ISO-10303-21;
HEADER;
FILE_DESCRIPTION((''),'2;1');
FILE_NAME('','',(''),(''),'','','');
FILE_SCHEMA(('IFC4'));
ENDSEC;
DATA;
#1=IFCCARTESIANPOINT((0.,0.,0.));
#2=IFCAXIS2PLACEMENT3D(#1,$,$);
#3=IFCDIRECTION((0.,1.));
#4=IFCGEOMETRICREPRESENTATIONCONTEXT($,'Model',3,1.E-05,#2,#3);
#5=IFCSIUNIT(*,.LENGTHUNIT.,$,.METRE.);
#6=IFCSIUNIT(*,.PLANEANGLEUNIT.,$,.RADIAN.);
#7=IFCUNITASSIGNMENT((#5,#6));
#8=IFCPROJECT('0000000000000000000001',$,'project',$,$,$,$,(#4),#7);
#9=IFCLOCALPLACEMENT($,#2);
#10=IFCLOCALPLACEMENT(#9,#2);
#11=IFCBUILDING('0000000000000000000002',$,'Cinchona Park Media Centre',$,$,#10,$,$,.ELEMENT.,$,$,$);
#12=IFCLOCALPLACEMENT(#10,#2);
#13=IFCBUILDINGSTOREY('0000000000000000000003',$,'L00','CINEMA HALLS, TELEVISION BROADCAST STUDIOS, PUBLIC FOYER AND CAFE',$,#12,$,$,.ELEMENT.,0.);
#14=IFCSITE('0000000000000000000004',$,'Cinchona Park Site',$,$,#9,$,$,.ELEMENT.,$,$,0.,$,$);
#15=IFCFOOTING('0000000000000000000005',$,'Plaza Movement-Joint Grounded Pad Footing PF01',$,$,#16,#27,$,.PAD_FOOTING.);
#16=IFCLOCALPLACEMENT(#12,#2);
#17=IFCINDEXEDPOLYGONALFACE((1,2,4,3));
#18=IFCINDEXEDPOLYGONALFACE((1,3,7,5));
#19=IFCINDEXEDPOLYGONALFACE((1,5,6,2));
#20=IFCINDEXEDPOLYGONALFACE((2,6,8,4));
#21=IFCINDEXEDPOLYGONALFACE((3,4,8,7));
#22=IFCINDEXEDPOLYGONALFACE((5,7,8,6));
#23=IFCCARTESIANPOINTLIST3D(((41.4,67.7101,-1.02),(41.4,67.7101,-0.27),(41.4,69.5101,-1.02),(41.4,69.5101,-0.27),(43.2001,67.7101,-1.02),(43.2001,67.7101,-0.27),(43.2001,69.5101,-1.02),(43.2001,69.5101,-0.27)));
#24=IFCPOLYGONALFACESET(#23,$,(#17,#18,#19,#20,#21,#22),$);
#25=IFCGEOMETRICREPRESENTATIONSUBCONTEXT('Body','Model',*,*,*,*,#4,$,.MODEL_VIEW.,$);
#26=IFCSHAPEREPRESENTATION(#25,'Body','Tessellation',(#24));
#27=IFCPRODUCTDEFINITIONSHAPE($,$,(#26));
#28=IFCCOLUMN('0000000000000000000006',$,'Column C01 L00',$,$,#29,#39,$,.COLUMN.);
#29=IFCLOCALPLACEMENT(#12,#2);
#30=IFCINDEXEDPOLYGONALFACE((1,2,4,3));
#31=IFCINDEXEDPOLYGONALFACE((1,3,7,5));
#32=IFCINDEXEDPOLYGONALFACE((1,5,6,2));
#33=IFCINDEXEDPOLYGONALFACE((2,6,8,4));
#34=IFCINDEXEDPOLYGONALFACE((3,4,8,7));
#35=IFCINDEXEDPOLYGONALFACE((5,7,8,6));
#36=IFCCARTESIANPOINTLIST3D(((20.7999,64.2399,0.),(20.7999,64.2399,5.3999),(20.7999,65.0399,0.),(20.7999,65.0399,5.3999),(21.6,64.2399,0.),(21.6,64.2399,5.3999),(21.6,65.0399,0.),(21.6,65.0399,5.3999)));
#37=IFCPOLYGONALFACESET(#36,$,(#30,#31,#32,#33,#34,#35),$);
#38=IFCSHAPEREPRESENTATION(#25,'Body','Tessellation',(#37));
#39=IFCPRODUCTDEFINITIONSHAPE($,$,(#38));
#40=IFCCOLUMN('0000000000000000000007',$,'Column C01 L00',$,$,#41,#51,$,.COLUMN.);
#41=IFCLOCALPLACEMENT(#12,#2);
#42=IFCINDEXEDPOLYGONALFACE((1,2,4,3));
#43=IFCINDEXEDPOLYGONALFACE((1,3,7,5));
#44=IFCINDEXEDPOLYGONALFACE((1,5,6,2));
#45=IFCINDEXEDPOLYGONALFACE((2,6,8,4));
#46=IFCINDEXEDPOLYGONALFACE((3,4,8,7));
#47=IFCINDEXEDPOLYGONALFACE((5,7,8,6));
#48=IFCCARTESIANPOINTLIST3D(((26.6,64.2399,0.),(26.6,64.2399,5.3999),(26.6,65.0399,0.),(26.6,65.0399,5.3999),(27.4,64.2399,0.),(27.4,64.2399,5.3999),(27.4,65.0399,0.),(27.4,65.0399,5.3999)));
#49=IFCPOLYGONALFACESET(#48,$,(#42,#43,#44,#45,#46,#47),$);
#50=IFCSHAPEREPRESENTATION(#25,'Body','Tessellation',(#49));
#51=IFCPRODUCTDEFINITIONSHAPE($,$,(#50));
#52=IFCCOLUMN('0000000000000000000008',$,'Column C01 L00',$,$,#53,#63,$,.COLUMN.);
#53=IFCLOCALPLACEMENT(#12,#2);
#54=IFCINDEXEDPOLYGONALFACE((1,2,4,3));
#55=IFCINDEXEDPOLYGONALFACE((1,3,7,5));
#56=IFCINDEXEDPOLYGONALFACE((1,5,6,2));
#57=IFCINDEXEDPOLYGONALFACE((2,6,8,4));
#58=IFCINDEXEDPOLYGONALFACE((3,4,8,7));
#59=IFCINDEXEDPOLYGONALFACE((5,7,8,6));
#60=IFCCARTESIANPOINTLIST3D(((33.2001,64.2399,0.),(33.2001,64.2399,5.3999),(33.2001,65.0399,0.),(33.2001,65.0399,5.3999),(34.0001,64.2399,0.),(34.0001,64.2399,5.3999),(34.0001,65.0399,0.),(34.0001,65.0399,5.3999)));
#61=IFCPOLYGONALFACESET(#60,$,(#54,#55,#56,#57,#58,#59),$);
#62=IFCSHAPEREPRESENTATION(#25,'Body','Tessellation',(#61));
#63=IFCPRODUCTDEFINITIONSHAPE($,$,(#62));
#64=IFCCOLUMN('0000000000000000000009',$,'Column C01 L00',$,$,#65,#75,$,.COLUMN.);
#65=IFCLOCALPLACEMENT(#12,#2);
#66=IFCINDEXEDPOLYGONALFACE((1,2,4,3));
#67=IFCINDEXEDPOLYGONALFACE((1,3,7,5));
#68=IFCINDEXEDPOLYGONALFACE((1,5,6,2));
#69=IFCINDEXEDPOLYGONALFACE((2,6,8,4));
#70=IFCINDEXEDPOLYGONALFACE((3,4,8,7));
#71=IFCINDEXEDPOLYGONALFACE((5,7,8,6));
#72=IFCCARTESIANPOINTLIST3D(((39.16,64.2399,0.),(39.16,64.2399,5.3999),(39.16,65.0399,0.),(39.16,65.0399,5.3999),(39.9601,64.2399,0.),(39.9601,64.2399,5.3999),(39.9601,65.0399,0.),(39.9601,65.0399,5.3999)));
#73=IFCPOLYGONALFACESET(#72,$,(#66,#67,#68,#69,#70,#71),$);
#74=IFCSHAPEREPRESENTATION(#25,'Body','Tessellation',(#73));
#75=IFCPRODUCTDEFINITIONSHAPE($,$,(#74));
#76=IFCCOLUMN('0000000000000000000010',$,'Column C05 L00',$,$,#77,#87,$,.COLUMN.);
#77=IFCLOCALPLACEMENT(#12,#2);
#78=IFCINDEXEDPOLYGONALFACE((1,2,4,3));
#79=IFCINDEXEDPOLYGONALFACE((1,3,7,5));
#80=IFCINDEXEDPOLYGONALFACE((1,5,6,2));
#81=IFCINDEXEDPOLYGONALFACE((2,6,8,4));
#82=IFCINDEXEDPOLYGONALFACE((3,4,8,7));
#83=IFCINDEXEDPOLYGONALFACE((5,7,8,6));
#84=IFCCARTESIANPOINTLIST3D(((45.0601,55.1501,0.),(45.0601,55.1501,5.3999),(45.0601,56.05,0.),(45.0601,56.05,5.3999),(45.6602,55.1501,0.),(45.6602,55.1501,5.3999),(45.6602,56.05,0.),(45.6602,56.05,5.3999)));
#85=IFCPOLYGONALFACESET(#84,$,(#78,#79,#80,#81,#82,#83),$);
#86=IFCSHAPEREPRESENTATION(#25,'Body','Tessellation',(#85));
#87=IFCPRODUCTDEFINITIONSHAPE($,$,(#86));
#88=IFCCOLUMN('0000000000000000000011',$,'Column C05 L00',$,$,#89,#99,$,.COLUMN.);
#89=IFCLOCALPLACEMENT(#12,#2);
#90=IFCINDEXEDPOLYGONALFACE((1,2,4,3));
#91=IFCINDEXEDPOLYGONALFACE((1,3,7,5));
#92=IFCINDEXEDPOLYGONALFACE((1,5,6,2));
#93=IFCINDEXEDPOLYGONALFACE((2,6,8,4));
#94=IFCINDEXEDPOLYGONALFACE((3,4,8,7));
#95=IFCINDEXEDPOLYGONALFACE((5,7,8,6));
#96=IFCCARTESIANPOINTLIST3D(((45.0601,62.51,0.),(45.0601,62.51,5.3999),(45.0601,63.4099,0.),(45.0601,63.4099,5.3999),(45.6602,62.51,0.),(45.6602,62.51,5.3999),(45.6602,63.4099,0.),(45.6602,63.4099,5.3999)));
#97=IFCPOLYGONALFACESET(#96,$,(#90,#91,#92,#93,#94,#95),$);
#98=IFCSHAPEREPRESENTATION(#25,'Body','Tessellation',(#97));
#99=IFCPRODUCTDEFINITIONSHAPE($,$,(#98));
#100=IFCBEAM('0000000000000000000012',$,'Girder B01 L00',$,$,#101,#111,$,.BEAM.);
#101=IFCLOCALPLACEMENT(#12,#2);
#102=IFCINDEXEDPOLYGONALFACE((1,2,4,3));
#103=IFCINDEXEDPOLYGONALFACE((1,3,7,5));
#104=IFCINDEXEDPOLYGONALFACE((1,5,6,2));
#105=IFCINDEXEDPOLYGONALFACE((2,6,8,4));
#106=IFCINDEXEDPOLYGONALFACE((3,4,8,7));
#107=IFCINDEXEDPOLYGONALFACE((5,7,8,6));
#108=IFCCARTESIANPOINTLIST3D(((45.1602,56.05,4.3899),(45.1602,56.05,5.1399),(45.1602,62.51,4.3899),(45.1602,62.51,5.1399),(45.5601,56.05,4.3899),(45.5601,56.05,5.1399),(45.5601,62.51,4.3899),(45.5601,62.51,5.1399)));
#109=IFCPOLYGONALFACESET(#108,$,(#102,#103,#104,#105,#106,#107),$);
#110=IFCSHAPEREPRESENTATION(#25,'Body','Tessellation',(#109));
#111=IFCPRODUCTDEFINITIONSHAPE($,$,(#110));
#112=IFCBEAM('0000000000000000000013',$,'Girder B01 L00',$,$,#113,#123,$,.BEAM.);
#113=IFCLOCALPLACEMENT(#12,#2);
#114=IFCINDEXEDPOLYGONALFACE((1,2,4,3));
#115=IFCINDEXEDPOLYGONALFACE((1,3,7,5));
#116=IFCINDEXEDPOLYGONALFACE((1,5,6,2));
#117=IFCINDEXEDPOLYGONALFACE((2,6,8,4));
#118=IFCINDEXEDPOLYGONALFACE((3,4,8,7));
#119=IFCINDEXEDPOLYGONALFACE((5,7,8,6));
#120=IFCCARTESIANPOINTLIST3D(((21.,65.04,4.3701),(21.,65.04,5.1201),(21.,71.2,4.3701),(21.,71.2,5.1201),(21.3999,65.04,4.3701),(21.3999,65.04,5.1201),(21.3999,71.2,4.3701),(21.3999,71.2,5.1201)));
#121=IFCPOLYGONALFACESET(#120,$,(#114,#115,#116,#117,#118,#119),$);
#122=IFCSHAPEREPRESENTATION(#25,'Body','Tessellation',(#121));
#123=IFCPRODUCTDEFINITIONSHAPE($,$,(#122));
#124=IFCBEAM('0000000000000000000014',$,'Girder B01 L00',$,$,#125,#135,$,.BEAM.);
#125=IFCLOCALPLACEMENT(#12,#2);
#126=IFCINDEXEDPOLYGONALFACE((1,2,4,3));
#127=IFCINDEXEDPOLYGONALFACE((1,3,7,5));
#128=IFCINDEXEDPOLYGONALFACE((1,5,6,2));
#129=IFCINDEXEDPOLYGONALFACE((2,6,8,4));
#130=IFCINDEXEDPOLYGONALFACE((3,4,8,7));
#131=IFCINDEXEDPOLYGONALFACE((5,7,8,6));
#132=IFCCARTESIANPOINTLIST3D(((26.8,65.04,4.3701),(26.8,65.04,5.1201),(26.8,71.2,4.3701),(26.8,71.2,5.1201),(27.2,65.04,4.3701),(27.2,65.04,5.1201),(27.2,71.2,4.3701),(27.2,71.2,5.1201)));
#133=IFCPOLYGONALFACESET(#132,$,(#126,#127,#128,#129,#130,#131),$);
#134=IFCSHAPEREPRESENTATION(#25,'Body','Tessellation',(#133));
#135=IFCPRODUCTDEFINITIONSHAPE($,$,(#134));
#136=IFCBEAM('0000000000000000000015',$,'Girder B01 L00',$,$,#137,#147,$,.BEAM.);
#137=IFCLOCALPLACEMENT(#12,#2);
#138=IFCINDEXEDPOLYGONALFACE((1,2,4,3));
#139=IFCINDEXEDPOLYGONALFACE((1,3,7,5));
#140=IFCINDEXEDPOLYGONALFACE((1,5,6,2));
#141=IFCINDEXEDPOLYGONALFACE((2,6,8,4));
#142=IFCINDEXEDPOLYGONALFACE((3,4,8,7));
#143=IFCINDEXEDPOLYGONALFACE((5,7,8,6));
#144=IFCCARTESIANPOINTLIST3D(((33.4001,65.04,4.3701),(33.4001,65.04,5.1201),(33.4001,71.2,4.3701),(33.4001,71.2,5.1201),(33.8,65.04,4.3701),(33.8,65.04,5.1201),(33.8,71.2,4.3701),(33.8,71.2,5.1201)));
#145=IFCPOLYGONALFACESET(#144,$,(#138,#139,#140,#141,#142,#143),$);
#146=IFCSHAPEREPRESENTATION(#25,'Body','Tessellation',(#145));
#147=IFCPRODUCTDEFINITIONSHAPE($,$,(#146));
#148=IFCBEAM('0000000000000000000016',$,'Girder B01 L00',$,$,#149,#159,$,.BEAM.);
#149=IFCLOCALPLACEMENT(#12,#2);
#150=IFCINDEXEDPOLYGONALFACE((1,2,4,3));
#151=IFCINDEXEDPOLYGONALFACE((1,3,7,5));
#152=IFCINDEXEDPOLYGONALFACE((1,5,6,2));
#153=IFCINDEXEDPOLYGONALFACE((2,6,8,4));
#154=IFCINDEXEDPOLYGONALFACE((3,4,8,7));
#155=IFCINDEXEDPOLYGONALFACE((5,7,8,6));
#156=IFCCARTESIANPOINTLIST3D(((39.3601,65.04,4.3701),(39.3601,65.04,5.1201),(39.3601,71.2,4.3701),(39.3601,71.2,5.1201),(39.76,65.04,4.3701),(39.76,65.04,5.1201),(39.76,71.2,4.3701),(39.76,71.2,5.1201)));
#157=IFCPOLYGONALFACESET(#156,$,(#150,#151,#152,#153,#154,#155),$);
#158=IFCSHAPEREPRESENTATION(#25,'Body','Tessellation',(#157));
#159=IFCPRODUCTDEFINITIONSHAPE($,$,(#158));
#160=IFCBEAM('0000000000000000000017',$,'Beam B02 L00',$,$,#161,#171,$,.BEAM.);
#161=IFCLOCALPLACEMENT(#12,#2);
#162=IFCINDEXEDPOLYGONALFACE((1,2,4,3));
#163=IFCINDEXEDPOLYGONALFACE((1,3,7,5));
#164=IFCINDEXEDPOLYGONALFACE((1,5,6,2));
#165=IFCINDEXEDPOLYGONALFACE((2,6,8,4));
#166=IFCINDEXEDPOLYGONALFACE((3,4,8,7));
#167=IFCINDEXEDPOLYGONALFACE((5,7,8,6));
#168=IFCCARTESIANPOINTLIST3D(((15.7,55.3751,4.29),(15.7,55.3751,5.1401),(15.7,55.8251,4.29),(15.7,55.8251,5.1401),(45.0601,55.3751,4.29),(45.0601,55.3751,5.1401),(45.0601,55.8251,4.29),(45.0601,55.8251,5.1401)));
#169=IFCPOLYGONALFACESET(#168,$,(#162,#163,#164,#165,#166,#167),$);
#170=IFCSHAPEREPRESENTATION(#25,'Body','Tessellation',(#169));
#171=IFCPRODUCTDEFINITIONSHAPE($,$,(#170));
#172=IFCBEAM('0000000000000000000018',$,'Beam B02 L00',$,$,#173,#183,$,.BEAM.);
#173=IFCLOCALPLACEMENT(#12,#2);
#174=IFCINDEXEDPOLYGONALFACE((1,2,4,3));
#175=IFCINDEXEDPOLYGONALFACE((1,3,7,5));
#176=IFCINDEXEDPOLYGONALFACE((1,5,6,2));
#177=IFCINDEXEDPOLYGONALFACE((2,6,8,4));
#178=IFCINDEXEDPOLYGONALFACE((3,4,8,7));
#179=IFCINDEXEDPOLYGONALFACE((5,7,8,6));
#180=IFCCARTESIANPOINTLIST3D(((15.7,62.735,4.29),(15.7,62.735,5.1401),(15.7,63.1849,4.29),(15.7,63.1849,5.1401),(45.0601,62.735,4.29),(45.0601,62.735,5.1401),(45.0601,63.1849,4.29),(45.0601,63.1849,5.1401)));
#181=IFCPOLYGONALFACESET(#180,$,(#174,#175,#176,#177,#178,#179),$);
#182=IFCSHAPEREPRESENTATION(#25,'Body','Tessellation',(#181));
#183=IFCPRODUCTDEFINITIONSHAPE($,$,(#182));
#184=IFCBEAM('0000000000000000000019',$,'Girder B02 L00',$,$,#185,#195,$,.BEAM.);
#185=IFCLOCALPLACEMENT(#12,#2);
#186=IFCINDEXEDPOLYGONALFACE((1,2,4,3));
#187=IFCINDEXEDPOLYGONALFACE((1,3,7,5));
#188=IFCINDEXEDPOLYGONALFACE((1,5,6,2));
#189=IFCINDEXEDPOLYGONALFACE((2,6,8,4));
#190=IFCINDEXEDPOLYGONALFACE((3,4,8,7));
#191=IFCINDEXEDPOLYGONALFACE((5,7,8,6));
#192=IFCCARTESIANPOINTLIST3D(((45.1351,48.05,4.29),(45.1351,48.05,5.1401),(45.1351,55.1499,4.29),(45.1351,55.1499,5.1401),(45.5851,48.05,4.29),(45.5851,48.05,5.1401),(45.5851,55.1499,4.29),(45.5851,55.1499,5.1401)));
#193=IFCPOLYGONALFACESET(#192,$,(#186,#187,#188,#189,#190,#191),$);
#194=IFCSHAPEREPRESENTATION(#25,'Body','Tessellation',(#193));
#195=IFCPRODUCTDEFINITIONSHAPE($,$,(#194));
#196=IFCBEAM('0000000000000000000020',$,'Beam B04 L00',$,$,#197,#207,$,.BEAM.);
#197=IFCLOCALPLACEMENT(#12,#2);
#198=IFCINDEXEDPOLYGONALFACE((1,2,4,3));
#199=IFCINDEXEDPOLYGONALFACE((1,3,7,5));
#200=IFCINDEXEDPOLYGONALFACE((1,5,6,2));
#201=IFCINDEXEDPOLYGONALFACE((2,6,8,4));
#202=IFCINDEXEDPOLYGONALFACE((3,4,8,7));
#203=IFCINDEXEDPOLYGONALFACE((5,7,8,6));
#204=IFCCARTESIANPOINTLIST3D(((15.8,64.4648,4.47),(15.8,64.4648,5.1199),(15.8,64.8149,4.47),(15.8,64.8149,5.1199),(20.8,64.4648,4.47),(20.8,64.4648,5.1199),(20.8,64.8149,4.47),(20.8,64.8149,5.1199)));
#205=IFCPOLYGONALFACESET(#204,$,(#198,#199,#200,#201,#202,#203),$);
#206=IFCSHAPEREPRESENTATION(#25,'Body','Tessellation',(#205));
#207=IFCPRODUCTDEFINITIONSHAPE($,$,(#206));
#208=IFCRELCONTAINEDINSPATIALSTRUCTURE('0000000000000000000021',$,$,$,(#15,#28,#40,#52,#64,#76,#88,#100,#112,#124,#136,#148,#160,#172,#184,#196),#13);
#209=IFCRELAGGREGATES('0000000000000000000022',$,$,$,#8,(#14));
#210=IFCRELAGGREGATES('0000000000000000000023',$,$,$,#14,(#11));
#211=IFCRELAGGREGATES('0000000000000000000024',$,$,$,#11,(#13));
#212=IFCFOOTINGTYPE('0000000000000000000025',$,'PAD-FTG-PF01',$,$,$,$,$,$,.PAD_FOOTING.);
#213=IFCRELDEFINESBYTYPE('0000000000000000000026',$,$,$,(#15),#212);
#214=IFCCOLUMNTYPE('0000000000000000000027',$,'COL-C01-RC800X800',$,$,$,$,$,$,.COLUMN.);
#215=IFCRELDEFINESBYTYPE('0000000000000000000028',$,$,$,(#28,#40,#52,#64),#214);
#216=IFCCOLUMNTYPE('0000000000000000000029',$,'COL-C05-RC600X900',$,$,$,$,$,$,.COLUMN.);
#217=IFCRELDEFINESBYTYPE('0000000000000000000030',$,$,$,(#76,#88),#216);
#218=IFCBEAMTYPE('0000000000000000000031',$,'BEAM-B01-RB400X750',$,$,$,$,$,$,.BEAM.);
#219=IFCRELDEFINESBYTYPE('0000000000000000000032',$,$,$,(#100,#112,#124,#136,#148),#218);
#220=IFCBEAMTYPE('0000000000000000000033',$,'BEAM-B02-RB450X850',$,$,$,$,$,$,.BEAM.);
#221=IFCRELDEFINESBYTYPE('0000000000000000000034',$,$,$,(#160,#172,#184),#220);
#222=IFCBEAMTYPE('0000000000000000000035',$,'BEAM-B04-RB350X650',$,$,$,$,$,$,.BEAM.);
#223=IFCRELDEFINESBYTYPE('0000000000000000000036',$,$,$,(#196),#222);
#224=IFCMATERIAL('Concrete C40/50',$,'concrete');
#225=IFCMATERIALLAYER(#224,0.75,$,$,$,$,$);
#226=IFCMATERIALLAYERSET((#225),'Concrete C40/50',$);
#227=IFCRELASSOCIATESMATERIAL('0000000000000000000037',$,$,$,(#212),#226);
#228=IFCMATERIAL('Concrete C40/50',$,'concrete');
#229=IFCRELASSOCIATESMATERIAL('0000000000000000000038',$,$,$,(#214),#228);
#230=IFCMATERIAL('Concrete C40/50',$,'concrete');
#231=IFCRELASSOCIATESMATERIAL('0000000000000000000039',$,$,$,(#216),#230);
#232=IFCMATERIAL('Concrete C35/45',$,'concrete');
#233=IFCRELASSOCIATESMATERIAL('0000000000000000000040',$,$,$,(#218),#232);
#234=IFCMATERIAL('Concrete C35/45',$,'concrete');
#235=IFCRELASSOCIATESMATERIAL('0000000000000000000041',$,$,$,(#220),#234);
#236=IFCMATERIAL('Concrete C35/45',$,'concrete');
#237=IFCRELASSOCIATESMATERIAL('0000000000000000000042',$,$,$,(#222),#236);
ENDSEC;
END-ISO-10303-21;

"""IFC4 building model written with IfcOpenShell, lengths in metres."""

from ifc_helpers import new_model, si_unit, direction, frame, origin, origin_2d, place, context, subcontext, project, spatial, rectangle, extrude, material, layer, layer_set, material_profile, profile_set, type_object, element, save


model = new_model("IFC4")

# Units and contexts
model_context = context("Model", 3, precision=1e-05, world=origin(), true_north=direction((0.0, 1.0)))
body_context = subcontext(model_context, "Body", "Model", "MODEL_VIEW")
ifc_project = project(units=[si_unit("LENGTHUNIT", "METRE"), si_unit("PLANEANGLEUNIT", "RADIAN")], contexts=[model_context])

# Site, building, storey
site_placement = place(None, origin())
site = spatial("IfcSite", under=ifc_project, at=site_placement, Name="Cinchona Park Site", CompositionType="ELEMENT", RefElevation=0.0)
building_placement = place(site_placement, origin())
building = spatial("IfcBuilding", under=site, at=building_placement, Name="Cinchona Park Media Centre", CompositionType="ELEMENT")
storey_placement = place(building_placement, origin())
storey = spatial("IfcBuildingStorey", under=building, at=storey_placement, Name="L00", Description="CINEMA HALLS, TELEVISION BROADCAST STUDIOS, PUBLIC FOYER AND CAFE", CompositionType="ELEMENT", Elevation=0.0)

# Footing
ifc_material_1 = material(Name="Concrete C40/50", Category="concrete")
ifc_layer_1 = layer(ifc_material_1, 0.75)
ifc_layer_set_1 = layer_set([ifc_layer_1], Name="Concrete C40/50")
footing_type = type_object("IfcFootingType", Name="PAD-FTG-PF01", PredefinedType="PAD_FOOTING", material=ifc_layer_set_1)
footing_placement = place(storey_placement, frame((42.3, 68.6101, -1.02), z_axis=(0.0, 0.0, 1.0), x_axis=(1.0, 0.0, 0.0)))
element("IfcFooting", 1, at=footing_placement, inside=storey, type_object=footing_type, Name="Plaza Movement-Joint Grounded Pad Footing PF01", PredefinedType="PAD_FOOTING", context=body_context, shape_type="SweptSolid", body=[
    extrude(rectangle(XDim=1.8, YDim=1.8, at=origin_2d()), origin(), (0.0, 0.0, 1.0), 0.75),
])

# Columns
ifc_material_2 = material(Name="Concrete C40/50", Category="concrete")
ifc_material_profile_1 = material_profile(ifc_material_2, rectangle(XDim=0.8, YDim=0.8, at=origin_2d()), Name="RC 800X800")
ifc_profile_set_1 = profile_set([ifc_material_profile_1], Name="Concrete C40/50")
column_type_1 = type_object("IfcColumnType", Name="COL-C01-RC800X800", PredefinedType="COLUMN", material=ifc_profile_set_1)
for number, where, z_axis, x_axis, name in (
    (2, (21.2, 64.6399, 0.0), (0.0, 0.0, 1.0), (1.0, 0.0, 0.0), "Column C01 L00"),
    (3, (27.0, 64.6399, 0.0), (0.0, 0.0, 1.0), (1.0, 0.0, 0.0), "Column C01 L00"),
    (4, (33.6001, 64.6399, 0.0), (0.0, 0.0, 1.0), (1.0, 0.0, 0.0), "Column C01 L00"),
    (5, (39.5601, 64.6399, 0.0), (0.0, 0.0, 1.0), (1.0, 0.0, 0.0), "Column C01 L00"),
):
    element("IfcColumn", number, at=place(storey_placement, frame(where, z_axis=z_axis, x_axis=x_axis)), inside=storey, type_object=column_type_1, Name=name, PredefinedType="COLUMN", context=body_context, shape_type="SweptSolid", body=[
        extrude(rectangle(XDim=0.8, YDim=0.8, at=origin_2d()), origin(), (0.0, 0.0, 1.0), 5.3999),
    ])
ifc_material_3 = material(Name="Concrete C40/50", Category="concrete")
ifc_material_profile_2 = material_profile(ifc_material_3, rectangle(XDim=0.6001, YDim=0.8999, at=origin_2d()), Name="RC 600X900")
ifc_profile_set_2 = profile_set([ifc_material_profile_2], Name="Concrete C40/50")
column_type_2 = type_object("IfcColumnType", Name="COL-C05-RC600X900", PredefinedType="COLUMN", material=ifc_profile_set_2)
for number, where, z_axis, x_axis, name in (
    (6, (45.3601, 55.6001, 0.0), (0.0, 0.0, 1.0), (1.0, 0.0, 0.0), "Column C05 L00"),
    (7, (45.3601, 62.96, 0.0), (0.0, 0.0, 1.0), (1.0, 0.0, 0.0), "Column C05 L00"),
):
    element("IfcColumn", number, at=place(storey_placement, frame(where, z_axis=z_axis, x_axis=x_axis)), inside=storey, type_object=column_type_2, Name=name, PredefinedType="COLUMN", context=body_context, shape_type="SweptSolid", body=[
        extrude(rectangle(XDim=0.6001, YDim=0.8999, at=origin_2d()), origin(), (0.0, 0.0, 1.0), 5.3999),
    ])

# Beams
ifc_material_4 = material(Name="Concrete C35/45", Category="concrete")
ifc_material_profile_3 = material_profile(ifc_material_4, rectangle(XDim=0.3999, YDim=0.75, at=origin_2d()), Name="RB 400X750")
ifc_profile_set_3 = profile_set([ifc_material_profile_3], Name="Concrete C35/45")
beam_type_1 = type_object("IfcBeamType", Name="BEAM-B01-RB400X750", PredefinedType="BEAM", material=ifc_profile_set_3)
beam_1_placement = place(storey_placement, frame((45.3601, 56.05, 4.7649), z_axis=(0.0, 1.0, 0.0), x_axis=(-1.0, 0.0, 0.0)))
element("IfcBeam", 8, at=beam_1_placement, inside=storey, type_object=beam_type_1, Name="Girder B01 L00", PredefinedType="BEAM", context=body_context, shape_type="SweptSolid", body=[
    extrude(rectangle(XDim=0.3999, YDim=0.75, at=origin_2d()), origin(), (0.0, 0.0, 1.0), 6.46),
])
for number, where, z_axis, x_axis, name in (
    (9, (21.2, 65.04, 4.7451), (0.0, 1.0, 0.0), (-1.0, 0.0, 0.0), "Girder B01 L00"),
    (10, (27.0, 65.04, 4.7451), (0.0, 1.0, 0.0), (-1.0, 0.0, 0.0), "Girder B01 L00"),
    (11, (33.6001, 65.04, 4.7451), (0.0, 1.0, 0.0), (-1.0, 0.0, 0.0), "Girder B01 L00"),
    (12, (39.5601, 65.04, 4.7451), (0.0, 1.0, 0.0), (-1.0, 0.0, 0.0), "Girder B01 L00"),
):
    element("IfcBeam", number, at=place(storey_placement, frame(where, z_axis=z_axis, x_axis=x_axis)), inside=storey, type_object=beam_type_1, Name=name, PredefinedType="BEAM", context=body_context, shape_type="SweptSolid", body=[
        extrude(rectangle(XDim=0.3999, YDim=0.75, at=origin_2d()), origin(), (0.0, 0.0, 1.0), 6.1599),
    ])
ifc_material_5 = material(Name="Concrete C35/45", Category="concrete")
ifc_material_profile_4 = material_profile(ifc_material_5, rectangle(XDim=0.45, YDim=0.8501, at=origin_2d()), Name="RB 450X850")
ifc_profile_set_4 = profile_set([ifc_material_profile_4], Name="Concrete C35/45")
beam_type_2 = type_object("IfcBeamType", Name="BEAM-B02-RB450X850", PredefinedType="BEAM", material=ifc_profile_set_4)
for number, where, z_axis, x_axis, name in (
    (13, (15.7, 55.6001, 4.7151), (1.0, 0.0, 0.0), (0.0, 1.0, 0.0), "Beam B02 L00"),
    (14, (15.7, 62.96, 4.7151), (1.0, 0.0, 0.0), (0.0, 1.0, 0.0), "Beam B02 L00"),
):
    element("IfcBeam", number, at=place(storey_placement, frame(where, z_axis=z_axis, x_axis=x_axis)), inside=storey, type_object=beam_type_2, Name=name, PredefinedType="BEAM", context=body_context, shape_type="SweptSolid", body=[
        extrude(rectangle(XDim=0.45, YDim=0.8501, at=origin_2d()), origin(), (0.0, 0.0, 1.0), 29.3601),
    ])
beam_2_placement = place(storey_placement, frame((45.3601, 48.05, 4.7151), z_axis=(0.0, 1.0, 0.0), x_axis=(-1.0, 0.0, 0.0)))
element("IfcBeam", 15, at=beam_2_placement, inside=storey, type_object=beam_type_2, Name="Girder B02 L00", PredefinedType="BEAM", context=body_context, shape_type="SweptSolid", body=[
    extrude(rectangle(XDim=0.45, YDim=0.8501, at=origin_2d()), origin(), (0.0, 0.0, 1.0), 7.0999),
])
ifc_material_6 = material(Name="Concrete C35/45", Category="concrete")
ifc_material_profile_5 = material_profile(ifc_material_6, rectangle(XDim=0.3501, YDim=0.6499, at=origin_2d()), Name="RB 350X650")
ifc_profile_set_5 = profile_set([ifc_material_profile_5], Name="Concrete C35/45")
beam_type_3 = type_object("IfcBeamType", Name="BEAM-B04-RB350X650", PredefinedType="BEAM", material=ifc_profile_set_5)
for number, where, z_axis, x_axis, name in (
    (16, (15.8, 64.6399, 4.7949), (1.0, 0.0, 0.0), (0.0, 1.0, 0.0), "Beam B04 L00"),
):
    element("IfcBeam", number, at=place(storey_placement, frame(where, z_axis=z_axis, x_axis=x_axis)), inside=storey, type_object=beam_type_3, Name=name, PredefinedType="BEAM", context=body_context, shape_type="SweptSolid", body=[
        extrude(rectangle(XDim=0.3501, YDim=0.6499, at=origin_2d()), origin(), (0.0, 0.0, 1.0), 5.0),
    ])

save(model, "model.ifc")
